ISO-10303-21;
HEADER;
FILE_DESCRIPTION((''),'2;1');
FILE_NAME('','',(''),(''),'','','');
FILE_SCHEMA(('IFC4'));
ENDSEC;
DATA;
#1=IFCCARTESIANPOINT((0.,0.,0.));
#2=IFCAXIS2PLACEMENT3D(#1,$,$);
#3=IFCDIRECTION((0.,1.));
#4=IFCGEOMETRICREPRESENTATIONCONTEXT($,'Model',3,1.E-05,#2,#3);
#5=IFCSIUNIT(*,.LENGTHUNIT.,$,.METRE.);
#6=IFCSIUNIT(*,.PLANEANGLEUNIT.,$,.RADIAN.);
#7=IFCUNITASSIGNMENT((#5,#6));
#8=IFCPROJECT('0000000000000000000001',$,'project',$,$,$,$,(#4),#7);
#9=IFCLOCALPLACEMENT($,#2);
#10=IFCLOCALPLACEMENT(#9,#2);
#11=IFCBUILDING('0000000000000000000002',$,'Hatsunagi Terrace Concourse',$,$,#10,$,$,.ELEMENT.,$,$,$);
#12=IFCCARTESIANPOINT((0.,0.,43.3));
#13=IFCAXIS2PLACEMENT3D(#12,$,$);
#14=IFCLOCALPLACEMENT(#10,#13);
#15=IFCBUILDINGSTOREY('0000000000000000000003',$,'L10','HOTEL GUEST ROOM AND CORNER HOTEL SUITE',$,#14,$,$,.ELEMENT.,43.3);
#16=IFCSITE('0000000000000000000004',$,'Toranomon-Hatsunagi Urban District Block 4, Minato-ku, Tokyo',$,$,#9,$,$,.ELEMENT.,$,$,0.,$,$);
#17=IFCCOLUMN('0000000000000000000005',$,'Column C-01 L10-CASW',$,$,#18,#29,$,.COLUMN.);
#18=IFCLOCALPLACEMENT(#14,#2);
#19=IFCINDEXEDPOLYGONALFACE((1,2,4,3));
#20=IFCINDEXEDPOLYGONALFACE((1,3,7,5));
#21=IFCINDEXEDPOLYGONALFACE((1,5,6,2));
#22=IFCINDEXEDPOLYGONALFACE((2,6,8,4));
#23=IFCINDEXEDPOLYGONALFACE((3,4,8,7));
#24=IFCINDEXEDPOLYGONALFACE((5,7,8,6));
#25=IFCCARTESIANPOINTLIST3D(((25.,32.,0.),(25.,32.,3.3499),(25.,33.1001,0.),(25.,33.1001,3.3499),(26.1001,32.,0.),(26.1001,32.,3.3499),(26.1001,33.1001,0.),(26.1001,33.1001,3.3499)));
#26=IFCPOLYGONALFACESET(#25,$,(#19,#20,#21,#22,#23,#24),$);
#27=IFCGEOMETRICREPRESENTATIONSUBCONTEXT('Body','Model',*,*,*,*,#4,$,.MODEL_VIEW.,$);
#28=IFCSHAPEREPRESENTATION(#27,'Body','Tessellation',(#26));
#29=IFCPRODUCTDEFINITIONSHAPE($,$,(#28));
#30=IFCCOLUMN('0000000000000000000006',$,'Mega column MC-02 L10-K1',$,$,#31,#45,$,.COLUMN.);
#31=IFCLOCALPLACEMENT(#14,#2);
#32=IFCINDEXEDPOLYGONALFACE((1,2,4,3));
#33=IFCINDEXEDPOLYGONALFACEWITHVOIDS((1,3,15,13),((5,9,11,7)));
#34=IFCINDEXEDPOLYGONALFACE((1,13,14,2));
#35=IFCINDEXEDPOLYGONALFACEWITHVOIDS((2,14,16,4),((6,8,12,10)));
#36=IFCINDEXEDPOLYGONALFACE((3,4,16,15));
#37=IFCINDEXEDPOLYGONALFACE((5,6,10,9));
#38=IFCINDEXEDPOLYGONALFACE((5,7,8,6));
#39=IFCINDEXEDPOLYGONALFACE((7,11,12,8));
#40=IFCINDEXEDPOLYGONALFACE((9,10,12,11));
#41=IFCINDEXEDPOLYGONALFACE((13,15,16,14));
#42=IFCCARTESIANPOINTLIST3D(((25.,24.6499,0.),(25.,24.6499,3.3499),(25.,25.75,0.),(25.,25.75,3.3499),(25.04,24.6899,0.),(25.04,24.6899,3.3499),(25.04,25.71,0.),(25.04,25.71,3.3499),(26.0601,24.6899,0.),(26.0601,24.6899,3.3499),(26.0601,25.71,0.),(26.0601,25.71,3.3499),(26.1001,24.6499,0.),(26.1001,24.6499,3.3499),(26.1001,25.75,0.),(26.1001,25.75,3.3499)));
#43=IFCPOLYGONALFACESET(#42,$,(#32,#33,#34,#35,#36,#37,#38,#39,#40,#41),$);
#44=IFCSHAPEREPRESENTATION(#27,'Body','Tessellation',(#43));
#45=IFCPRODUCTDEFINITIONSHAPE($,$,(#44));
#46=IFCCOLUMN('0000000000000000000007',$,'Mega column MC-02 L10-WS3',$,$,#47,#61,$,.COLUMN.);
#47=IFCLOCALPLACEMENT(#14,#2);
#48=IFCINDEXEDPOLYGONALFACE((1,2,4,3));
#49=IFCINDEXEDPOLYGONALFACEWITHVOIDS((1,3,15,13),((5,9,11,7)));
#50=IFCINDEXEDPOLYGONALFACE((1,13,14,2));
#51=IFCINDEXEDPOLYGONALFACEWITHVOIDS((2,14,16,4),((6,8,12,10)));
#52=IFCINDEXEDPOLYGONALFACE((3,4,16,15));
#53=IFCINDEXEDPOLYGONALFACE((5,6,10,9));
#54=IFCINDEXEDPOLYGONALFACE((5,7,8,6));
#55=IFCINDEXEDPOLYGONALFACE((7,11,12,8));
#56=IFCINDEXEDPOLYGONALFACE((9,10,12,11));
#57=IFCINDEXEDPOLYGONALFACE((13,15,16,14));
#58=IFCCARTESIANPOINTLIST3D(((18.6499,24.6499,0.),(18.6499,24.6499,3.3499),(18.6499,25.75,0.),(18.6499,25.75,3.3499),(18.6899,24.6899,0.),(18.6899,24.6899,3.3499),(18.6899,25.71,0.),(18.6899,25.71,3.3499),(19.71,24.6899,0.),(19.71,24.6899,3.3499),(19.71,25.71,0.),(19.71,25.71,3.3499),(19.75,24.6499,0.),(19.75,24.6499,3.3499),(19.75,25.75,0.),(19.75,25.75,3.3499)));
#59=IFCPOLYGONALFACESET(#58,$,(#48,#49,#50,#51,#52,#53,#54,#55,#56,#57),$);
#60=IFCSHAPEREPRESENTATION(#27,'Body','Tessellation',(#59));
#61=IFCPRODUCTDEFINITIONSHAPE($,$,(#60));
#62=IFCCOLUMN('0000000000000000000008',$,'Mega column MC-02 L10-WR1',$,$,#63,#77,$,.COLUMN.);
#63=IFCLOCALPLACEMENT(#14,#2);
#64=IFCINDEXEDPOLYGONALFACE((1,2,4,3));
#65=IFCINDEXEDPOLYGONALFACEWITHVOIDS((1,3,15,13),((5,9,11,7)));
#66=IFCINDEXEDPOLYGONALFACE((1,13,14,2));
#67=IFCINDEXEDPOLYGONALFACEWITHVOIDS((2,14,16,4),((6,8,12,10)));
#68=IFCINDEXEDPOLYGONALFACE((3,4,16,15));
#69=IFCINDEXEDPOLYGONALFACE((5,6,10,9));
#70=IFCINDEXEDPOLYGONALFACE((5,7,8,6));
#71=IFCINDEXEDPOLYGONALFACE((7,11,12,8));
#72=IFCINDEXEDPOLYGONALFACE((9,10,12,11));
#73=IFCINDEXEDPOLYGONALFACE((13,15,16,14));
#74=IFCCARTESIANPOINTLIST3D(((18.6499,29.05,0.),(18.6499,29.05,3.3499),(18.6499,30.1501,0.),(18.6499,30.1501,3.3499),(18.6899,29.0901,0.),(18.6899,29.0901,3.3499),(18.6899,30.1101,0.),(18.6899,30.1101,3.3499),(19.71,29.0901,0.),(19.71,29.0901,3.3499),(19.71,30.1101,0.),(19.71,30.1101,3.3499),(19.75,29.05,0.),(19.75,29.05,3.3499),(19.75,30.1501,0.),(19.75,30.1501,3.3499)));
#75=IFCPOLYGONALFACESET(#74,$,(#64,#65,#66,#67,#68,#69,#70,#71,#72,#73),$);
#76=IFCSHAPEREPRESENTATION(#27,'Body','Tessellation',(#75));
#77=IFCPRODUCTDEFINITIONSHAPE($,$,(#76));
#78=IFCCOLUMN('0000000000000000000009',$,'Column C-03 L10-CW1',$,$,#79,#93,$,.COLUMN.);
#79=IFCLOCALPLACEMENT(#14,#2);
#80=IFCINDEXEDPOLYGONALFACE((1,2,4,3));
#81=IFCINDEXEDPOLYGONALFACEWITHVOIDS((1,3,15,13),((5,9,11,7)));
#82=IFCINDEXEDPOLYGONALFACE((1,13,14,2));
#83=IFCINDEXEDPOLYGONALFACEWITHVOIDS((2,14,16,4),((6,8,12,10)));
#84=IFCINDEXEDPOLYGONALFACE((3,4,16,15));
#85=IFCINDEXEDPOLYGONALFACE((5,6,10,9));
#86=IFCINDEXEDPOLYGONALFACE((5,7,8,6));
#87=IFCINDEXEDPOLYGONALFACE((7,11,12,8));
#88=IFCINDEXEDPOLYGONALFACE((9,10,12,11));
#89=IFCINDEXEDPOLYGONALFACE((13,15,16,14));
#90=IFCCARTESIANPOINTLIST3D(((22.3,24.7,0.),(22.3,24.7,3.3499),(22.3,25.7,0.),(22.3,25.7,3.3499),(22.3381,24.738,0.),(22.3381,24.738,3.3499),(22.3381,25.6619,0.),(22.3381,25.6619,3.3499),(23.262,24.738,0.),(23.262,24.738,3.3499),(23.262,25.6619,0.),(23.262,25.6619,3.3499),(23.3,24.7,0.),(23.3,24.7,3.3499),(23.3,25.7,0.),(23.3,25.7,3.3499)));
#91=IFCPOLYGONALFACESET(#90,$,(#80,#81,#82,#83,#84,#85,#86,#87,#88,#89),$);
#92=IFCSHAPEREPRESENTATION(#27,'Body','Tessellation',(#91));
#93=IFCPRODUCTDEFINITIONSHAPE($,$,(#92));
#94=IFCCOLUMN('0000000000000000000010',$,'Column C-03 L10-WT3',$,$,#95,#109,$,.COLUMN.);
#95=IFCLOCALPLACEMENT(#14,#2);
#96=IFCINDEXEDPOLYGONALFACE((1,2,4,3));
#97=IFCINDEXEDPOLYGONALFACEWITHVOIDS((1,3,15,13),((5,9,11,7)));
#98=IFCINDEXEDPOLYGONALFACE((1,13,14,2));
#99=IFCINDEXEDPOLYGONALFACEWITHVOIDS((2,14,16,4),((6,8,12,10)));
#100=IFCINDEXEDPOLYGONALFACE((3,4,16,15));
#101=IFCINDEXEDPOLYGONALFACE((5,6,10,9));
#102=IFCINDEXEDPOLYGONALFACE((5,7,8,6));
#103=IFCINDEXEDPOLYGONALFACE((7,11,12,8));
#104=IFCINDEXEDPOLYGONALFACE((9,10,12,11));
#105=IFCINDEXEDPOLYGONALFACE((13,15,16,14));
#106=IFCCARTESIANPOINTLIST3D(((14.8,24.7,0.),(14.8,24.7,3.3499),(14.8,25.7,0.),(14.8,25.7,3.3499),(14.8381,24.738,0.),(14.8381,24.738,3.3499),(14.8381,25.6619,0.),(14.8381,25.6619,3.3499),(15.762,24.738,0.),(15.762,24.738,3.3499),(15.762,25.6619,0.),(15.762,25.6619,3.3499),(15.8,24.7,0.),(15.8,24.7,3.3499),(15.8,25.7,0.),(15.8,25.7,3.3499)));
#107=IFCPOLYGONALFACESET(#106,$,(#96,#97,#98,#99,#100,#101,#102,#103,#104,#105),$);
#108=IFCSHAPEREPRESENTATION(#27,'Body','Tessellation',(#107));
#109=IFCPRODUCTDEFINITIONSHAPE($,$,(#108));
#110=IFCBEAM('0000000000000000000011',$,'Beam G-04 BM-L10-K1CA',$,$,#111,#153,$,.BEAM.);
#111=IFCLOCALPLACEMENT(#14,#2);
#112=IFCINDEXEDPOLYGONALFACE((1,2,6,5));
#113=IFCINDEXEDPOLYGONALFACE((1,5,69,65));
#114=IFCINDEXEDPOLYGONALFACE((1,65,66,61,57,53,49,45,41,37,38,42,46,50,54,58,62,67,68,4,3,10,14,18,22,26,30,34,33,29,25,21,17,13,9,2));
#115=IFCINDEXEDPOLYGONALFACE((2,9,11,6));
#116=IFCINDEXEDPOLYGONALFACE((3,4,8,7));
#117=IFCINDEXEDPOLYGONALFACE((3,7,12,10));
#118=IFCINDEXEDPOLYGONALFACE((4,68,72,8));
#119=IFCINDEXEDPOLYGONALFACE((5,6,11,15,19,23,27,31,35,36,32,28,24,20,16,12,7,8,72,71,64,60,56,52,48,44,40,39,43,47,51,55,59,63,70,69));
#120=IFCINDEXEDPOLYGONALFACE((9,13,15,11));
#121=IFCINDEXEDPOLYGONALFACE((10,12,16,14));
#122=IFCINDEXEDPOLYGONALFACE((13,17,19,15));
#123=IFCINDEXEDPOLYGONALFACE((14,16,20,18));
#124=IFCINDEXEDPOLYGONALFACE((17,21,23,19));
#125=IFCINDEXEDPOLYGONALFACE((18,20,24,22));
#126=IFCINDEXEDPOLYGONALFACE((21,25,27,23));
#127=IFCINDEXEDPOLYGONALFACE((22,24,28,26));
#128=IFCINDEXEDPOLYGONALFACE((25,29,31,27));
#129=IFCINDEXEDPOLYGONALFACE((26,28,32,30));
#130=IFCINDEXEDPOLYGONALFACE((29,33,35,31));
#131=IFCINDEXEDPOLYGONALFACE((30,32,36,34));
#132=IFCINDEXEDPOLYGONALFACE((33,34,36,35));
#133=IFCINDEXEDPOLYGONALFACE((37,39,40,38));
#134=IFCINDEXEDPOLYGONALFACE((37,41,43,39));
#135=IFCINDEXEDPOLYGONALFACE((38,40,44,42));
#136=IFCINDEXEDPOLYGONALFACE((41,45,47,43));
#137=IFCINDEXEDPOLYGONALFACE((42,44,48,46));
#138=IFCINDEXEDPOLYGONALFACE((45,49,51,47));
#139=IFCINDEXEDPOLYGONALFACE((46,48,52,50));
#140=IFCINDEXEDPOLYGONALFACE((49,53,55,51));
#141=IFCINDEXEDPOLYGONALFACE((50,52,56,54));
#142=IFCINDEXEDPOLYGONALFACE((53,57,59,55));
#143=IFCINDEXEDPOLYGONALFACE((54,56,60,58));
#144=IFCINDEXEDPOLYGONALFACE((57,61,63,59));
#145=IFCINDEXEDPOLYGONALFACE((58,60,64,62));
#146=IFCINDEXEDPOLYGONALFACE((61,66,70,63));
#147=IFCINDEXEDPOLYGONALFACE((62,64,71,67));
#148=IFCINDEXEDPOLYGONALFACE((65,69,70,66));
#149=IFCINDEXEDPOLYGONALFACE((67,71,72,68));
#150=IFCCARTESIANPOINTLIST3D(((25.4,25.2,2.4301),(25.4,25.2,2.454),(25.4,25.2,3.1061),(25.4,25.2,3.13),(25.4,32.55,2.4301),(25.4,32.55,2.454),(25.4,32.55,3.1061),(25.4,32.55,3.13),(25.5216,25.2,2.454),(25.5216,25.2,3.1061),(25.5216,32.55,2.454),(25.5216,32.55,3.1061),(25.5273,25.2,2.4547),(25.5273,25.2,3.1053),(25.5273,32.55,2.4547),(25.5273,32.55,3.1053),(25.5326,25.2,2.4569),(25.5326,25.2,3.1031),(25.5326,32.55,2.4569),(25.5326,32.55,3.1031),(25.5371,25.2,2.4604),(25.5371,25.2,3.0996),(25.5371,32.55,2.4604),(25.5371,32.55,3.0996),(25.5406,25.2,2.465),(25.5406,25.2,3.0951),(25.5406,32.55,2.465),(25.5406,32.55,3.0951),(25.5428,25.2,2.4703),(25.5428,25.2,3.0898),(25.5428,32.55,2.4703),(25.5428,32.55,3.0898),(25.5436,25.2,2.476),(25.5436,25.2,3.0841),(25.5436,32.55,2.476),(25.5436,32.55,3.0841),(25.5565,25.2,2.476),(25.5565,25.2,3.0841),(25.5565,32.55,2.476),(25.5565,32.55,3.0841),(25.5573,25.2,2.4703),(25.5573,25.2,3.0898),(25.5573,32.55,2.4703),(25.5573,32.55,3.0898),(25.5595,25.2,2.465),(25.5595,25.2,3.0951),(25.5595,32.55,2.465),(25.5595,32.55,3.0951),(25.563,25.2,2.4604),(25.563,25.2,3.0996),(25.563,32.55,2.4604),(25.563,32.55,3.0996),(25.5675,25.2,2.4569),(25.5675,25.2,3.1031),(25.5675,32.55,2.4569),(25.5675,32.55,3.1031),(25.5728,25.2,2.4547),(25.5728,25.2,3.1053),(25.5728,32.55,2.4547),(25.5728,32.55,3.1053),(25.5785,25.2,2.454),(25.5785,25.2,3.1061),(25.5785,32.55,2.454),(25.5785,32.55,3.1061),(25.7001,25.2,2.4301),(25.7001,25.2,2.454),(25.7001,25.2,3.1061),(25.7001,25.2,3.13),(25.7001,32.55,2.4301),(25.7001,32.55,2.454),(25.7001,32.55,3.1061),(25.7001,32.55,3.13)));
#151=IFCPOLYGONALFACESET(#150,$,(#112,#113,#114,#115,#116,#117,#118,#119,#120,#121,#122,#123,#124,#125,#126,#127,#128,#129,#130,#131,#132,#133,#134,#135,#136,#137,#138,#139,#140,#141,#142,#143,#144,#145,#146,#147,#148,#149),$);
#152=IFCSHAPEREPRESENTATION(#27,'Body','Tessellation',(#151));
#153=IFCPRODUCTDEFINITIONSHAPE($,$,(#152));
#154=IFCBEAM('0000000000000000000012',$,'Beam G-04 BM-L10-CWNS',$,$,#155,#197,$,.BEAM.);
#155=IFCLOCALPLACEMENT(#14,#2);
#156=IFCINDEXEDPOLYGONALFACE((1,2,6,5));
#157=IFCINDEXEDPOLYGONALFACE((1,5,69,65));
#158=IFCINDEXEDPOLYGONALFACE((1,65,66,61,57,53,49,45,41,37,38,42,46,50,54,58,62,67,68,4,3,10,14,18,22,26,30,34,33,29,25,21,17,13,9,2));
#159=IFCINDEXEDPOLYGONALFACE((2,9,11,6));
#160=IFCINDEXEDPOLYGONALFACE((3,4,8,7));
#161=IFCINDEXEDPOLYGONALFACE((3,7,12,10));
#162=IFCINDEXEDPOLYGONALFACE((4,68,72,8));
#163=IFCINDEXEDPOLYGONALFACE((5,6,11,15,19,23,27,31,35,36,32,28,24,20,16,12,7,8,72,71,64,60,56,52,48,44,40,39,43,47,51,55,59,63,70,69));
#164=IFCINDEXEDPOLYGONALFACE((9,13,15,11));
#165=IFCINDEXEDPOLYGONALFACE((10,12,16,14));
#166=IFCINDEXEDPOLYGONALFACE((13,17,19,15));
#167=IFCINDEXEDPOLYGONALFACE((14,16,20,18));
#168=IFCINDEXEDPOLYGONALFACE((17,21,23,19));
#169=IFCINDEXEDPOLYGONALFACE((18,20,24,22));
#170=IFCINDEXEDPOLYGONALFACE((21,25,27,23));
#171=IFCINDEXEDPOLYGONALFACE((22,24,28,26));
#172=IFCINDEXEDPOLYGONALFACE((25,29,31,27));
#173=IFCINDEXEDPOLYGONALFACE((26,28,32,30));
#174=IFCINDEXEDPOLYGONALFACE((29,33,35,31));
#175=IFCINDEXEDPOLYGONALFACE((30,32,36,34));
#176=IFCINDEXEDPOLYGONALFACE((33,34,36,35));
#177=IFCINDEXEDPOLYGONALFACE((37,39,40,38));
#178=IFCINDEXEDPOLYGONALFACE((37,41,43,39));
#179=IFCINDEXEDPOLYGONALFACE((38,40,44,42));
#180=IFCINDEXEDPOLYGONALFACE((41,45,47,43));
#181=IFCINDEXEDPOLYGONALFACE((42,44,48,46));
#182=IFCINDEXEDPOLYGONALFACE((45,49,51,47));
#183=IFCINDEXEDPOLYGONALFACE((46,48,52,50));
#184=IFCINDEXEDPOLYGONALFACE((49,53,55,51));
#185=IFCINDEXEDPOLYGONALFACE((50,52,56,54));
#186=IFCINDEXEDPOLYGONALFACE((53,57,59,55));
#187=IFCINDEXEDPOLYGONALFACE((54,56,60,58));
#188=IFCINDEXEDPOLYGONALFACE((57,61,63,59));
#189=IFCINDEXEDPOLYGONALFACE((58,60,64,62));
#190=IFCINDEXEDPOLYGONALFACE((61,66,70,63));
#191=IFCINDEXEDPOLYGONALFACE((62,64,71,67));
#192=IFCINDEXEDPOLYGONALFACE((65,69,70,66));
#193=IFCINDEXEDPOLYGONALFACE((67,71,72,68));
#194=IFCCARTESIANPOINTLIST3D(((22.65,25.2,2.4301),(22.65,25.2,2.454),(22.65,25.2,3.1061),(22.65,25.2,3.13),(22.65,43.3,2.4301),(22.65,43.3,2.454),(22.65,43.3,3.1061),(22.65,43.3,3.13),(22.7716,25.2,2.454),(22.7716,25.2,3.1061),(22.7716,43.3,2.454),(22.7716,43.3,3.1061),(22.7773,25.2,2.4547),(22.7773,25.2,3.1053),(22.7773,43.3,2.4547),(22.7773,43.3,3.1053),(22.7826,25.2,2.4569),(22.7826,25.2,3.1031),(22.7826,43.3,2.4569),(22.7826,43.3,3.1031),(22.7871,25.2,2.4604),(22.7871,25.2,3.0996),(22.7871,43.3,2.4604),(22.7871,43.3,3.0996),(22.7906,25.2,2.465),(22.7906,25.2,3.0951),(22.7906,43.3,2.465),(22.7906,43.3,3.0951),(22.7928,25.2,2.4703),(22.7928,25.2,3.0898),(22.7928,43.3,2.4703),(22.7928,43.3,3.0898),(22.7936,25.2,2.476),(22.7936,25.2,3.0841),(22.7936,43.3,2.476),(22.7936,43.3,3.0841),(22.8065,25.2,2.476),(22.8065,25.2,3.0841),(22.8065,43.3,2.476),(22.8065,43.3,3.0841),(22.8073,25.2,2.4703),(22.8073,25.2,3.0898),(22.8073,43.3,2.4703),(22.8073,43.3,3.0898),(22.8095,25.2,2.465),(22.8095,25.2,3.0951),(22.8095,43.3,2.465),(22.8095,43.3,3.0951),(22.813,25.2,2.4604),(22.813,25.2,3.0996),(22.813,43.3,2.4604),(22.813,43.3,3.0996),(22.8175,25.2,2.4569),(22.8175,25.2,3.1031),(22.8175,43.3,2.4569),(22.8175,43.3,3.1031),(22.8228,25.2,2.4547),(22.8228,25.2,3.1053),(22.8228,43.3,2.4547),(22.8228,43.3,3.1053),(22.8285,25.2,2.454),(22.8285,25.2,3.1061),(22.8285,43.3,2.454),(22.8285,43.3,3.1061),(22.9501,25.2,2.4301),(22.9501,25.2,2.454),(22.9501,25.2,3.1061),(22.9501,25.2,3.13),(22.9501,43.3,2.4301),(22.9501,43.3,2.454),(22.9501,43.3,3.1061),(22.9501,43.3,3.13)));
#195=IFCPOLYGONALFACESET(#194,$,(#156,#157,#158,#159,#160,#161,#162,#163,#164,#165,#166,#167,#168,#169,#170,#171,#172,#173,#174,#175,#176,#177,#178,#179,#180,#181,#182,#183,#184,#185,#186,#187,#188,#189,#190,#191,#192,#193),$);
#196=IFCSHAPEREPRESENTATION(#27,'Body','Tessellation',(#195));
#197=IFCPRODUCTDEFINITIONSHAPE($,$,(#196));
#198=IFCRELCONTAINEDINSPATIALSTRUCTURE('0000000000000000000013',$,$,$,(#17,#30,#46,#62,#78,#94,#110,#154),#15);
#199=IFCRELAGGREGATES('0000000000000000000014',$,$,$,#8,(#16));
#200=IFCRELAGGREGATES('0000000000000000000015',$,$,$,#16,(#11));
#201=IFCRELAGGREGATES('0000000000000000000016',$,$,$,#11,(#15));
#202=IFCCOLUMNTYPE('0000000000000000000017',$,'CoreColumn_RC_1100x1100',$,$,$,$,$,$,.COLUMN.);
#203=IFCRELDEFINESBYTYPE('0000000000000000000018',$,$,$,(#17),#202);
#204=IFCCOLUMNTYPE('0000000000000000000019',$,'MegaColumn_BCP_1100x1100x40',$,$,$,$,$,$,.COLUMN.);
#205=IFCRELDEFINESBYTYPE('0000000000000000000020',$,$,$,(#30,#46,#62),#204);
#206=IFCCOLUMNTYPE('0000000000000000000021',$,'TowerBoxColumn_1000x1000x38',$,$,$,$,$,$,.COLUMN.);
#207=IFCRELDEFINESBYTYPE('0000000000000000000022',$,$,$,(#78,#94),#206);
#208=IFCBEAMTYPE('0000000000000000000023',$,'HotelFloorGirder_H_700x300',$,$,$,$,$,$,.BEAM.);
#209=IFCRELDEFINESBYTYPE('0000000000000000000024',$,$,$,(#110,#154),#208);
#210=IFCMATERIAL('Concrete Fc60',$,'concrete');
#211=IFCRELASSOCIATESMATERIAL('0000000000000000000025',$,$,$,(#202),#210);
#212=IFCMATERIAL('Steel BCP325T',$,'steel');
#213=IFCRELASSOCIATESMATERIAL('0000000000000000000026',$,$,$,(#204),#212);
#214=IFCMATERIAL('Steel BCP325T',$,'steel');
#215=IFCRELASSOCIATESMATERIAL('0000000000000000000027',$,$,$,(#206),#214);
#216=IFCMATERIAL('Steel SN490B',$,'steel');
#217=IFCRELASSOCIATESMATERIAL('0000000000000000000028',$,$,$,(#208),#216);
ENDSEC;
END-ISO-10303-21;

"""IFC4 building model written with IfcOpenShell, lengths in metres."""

from ifc_helpers import new_model, si_unit, direction, frame, origin, origin_2d, place, context, subcontext, project, spatial, rectangle, hollow_rectangle, i_section, extrude, material, material_profile, profile_set, type_object, element, save


model = new_model("IFC4")

# Units and contexts
model_context = context("Model", 3, precision=1e-05, world=origin(), true_north=direction((0.0, 1.0)))
body_context = subcontext(model_context, "Body", "Model", "MODEL_VIEW")
ifc_project = project(units=[si_unit("LENGTHUNIT", "METRE"), si_unit("PLANEANGLEUNIT", "RADIAN")], contexts=[model_context])

# Site, building, storey
site_placement = place(None, origin())
site = spatial("IfcSite", under=ifc_project, at=site_placement, Name="Toranomon-Hatsunagi Urban District Block 4, Minato-ku, Tokyo", CompositionType="ELEMENT", RefElevation=0.0)
building_placement = place(site_placement, origin())
building = spatial("IfcBuilding", under=site, at=building_placement, Name="Hatsunagi Terrace Concourse", CompositionType="ELEMENT")
storey_placement = place(building_placement, frame((0.0, 0.0, 43.3)))
storey = spatial("IfcBuildingStorey", under=building, at=storey_placement, Name="L10", Description="HOTEL GUEST ROOM AND CORNER HOTEL SUITE", CompositionType="ELEMENT", Elevation=43.3)

# Columns
ifc_material_1 = material(Name="Concrete Fc60", Category="concrete")
ifc_material_profile_1 = material_profile(ifc_material_1, rectangle(XDim=1.1001, YDim=1.1001, at=origin_2d()), Name="RC-1100x1100")
ifc_profile_set_1 = profile_set([ifc_material_profile_1], Name="Concrete Fc60")
column_type_1 = type_object("IfcColumnType", Name="CoreColumn_RC_1100x1100", PredefinedType="COLUMN", material=ifc_profile_set_1)
column_placement = place(storey_placement, frame((25.55, 32.55, 0.0), z_axis=(0.0, 0.0, 1.0), x_axis=(1.0, 0.0, 0.0)))
element("IfcColumn", 1, at=column_placement, inside=storey, type_object=column_type_1, Name="Column C-01 L10-CASW", PredefinedType="COLUMN", context=body_context, shape_type="SweptSolid", body=[
    extrude(rectangle(XDim=1.1001, YDim=1.1001, at=origin_2d()), origin(), (0.0, 0.0, 1.0), 3.3499),
])
ifc_material_2 = material(Name="Steel BCP325T", Category="steel")
ifc_material_profile_2 = material_profile(ifc_material_2, hollow_rectangle(XDim=1.1001, YDim=1.1001, WallThickness=0.04, at=origin_2d()), Name="BCP-1100x1100x40")
ifc_profile_set_2 = profile_set([ifc_material_profile_2], Name="Steel BCP325T")
column_type_2 = type_object("IfcColumnType", Name="MegaColumn_BCP_1100x1100x40", PredefinedType="COLUMN", material=ifc_profile_set_2)
for number, where, z_axis, x_axis, name in (
    (2, (25.55, 25.2, 0.0), (0.0, 0.0, 1.0), (1.0, 0.0, 0.0), "Mega column MC-02 L10-K1"),
    (3, (19.2, 25.2, 0.0), (0.0, 0.0, 1.0), (1.0, 0.0, 0.0), "Mega column MC-02 L10-WS3"),
    (4, (19.2, 29.6001, 0.0), (0.0, 0.0, 1.0), (1.0, 0.0, 0.0), "Mega column MC-02 L10-WR1"),
):
    element("IfcColumn", number, at=place(storey_placement, frame(where, z_axis=z_axis, x_axis=x_axis)), inside=storey, type_object=column_type_2, Name=name, PredefinedType="COLUMN", context=body_context, shape_type="SweptSolid", body=[
        extrude(hollow_rectangle(XDim=1.1001, YDim=1.1001, WallThickness=0.04, at=origin_2d()), origin(), (0.0, 0.0, 1.0), 3.3499),
    ])
ifc_material_3 = material(Name="Steel BCP325T", Category="steel")
ifc_material_profile_3 = material_profile(ifc_material_3, hollow_rectangle(XDim=1.0, YDim=1.0, WallThickness=0.0381, at=origin_2d()), Name="BCP-1000x1000x38")
ifc_profile_set_3 = profile_set([ifc_material_profile_3], Name="Steel BCP325T")
column_type_3 = type_object("IfcColumnType", Name="TowerBoxColumn_1000x1000x38", PredefinedType="COLUMN", material=ifc_profile_set_3)
for number, where, z_axis, x_axis, name in (
    (5, (22.8, 25.2, 0.0), (0.0, 0.0, 1.0), (1.0, 0.0, 0.0), "Column C-03 L10-CW1"),
    (6, (15.3, 25.2, 0.0), (0.0, 0.0, 1.0), (1.0, 0.0, 0.0), "Column C-03 L10-WT3"),
):
    element("IfcColumn", number, at=place(storey_placement, frame(where, z_axis=z_axis, x_axis=x_axis)), inside=storey, type_object=column_type_3, Name=name, PredefinedType="COLUMN", context=body_context, shape_type="SweptSolid", body=[
        extrude(hollow_rectangle(XDim=1.0, YDim=1.0, WallThickness=0.0381, at=origin_2d()), origin(), (0.0, 0.0, 1.0), 3.3499),
    ])

# Beams
ifc_material_4 = material(Name="Steel SN490B", Category="steel")
ifc_material_profile_4 = material_profile(ifc_material_4, i_section(OverallWidth=0.3, OverallDepth=0.7, WebThickness=0.0129, FlangeThickness=0.0239, FilletRadius=0.022, at=origin_2d()), Name="H-700x300x13x24")
ifc_profile_set_4 = profile_set([ifc_material_profile_4], Name="Steel SN490B")
beam_type_1 = type_object("IfcBeamType", Name="HotelFloorGirder_H_700x300", PredefinedType="BEAM", material=ifc_profile_set_4)
beam_1_placement = place(storey_placement, frame((25.55, 25.2, 2.78), z_axis=(0.0, 1.0, 0.0), x_axis=(-1.0, 0.0, 0.0)))
element("IfcBeam", 7, at=beam_1_placement, inside=storey, type_object=beam_type_1, Name="Beam G-04 BM-L10-K1CA", PredefinedType="BEAM", context=body_context, shape_type="SweptSolid", body=[
    extrude(i_section(OverallWidth=0.3, OverallDepth=0.7, WebThickness=0.0129, FlangeThickness=0.0239, FilletRadius=0.022, at=origin_2d()), origin(), (0.0, 0.0, 1.0), 7.3501),
])
beam_2_placement = place(storey_placement, frame((22.8, 25.2, 2.78), z_axis=(0.0, 1.0, 0.0), x_axis=(-1.0, 0.0, 0.0)))
element("IfcBeam", 8, at=beam_2_placement, inside=storey, type_object=beam_type_1, Name="Beam G-04 BM-L10-CWNS", PredefinedType="BEAM", context=body_context, shape_type="SweptSolid", body=[
    extrude(i_section(OverallWidth=0.3, OverallDepth=0.7, WebThickness=0.0129, FlangeThickness=0.0239, FilletRadius=0.022, at=origin_2d()), origin(), (0.0, 0.0, 1.0), 18.1001),
])

save(model, "model.ifc")
